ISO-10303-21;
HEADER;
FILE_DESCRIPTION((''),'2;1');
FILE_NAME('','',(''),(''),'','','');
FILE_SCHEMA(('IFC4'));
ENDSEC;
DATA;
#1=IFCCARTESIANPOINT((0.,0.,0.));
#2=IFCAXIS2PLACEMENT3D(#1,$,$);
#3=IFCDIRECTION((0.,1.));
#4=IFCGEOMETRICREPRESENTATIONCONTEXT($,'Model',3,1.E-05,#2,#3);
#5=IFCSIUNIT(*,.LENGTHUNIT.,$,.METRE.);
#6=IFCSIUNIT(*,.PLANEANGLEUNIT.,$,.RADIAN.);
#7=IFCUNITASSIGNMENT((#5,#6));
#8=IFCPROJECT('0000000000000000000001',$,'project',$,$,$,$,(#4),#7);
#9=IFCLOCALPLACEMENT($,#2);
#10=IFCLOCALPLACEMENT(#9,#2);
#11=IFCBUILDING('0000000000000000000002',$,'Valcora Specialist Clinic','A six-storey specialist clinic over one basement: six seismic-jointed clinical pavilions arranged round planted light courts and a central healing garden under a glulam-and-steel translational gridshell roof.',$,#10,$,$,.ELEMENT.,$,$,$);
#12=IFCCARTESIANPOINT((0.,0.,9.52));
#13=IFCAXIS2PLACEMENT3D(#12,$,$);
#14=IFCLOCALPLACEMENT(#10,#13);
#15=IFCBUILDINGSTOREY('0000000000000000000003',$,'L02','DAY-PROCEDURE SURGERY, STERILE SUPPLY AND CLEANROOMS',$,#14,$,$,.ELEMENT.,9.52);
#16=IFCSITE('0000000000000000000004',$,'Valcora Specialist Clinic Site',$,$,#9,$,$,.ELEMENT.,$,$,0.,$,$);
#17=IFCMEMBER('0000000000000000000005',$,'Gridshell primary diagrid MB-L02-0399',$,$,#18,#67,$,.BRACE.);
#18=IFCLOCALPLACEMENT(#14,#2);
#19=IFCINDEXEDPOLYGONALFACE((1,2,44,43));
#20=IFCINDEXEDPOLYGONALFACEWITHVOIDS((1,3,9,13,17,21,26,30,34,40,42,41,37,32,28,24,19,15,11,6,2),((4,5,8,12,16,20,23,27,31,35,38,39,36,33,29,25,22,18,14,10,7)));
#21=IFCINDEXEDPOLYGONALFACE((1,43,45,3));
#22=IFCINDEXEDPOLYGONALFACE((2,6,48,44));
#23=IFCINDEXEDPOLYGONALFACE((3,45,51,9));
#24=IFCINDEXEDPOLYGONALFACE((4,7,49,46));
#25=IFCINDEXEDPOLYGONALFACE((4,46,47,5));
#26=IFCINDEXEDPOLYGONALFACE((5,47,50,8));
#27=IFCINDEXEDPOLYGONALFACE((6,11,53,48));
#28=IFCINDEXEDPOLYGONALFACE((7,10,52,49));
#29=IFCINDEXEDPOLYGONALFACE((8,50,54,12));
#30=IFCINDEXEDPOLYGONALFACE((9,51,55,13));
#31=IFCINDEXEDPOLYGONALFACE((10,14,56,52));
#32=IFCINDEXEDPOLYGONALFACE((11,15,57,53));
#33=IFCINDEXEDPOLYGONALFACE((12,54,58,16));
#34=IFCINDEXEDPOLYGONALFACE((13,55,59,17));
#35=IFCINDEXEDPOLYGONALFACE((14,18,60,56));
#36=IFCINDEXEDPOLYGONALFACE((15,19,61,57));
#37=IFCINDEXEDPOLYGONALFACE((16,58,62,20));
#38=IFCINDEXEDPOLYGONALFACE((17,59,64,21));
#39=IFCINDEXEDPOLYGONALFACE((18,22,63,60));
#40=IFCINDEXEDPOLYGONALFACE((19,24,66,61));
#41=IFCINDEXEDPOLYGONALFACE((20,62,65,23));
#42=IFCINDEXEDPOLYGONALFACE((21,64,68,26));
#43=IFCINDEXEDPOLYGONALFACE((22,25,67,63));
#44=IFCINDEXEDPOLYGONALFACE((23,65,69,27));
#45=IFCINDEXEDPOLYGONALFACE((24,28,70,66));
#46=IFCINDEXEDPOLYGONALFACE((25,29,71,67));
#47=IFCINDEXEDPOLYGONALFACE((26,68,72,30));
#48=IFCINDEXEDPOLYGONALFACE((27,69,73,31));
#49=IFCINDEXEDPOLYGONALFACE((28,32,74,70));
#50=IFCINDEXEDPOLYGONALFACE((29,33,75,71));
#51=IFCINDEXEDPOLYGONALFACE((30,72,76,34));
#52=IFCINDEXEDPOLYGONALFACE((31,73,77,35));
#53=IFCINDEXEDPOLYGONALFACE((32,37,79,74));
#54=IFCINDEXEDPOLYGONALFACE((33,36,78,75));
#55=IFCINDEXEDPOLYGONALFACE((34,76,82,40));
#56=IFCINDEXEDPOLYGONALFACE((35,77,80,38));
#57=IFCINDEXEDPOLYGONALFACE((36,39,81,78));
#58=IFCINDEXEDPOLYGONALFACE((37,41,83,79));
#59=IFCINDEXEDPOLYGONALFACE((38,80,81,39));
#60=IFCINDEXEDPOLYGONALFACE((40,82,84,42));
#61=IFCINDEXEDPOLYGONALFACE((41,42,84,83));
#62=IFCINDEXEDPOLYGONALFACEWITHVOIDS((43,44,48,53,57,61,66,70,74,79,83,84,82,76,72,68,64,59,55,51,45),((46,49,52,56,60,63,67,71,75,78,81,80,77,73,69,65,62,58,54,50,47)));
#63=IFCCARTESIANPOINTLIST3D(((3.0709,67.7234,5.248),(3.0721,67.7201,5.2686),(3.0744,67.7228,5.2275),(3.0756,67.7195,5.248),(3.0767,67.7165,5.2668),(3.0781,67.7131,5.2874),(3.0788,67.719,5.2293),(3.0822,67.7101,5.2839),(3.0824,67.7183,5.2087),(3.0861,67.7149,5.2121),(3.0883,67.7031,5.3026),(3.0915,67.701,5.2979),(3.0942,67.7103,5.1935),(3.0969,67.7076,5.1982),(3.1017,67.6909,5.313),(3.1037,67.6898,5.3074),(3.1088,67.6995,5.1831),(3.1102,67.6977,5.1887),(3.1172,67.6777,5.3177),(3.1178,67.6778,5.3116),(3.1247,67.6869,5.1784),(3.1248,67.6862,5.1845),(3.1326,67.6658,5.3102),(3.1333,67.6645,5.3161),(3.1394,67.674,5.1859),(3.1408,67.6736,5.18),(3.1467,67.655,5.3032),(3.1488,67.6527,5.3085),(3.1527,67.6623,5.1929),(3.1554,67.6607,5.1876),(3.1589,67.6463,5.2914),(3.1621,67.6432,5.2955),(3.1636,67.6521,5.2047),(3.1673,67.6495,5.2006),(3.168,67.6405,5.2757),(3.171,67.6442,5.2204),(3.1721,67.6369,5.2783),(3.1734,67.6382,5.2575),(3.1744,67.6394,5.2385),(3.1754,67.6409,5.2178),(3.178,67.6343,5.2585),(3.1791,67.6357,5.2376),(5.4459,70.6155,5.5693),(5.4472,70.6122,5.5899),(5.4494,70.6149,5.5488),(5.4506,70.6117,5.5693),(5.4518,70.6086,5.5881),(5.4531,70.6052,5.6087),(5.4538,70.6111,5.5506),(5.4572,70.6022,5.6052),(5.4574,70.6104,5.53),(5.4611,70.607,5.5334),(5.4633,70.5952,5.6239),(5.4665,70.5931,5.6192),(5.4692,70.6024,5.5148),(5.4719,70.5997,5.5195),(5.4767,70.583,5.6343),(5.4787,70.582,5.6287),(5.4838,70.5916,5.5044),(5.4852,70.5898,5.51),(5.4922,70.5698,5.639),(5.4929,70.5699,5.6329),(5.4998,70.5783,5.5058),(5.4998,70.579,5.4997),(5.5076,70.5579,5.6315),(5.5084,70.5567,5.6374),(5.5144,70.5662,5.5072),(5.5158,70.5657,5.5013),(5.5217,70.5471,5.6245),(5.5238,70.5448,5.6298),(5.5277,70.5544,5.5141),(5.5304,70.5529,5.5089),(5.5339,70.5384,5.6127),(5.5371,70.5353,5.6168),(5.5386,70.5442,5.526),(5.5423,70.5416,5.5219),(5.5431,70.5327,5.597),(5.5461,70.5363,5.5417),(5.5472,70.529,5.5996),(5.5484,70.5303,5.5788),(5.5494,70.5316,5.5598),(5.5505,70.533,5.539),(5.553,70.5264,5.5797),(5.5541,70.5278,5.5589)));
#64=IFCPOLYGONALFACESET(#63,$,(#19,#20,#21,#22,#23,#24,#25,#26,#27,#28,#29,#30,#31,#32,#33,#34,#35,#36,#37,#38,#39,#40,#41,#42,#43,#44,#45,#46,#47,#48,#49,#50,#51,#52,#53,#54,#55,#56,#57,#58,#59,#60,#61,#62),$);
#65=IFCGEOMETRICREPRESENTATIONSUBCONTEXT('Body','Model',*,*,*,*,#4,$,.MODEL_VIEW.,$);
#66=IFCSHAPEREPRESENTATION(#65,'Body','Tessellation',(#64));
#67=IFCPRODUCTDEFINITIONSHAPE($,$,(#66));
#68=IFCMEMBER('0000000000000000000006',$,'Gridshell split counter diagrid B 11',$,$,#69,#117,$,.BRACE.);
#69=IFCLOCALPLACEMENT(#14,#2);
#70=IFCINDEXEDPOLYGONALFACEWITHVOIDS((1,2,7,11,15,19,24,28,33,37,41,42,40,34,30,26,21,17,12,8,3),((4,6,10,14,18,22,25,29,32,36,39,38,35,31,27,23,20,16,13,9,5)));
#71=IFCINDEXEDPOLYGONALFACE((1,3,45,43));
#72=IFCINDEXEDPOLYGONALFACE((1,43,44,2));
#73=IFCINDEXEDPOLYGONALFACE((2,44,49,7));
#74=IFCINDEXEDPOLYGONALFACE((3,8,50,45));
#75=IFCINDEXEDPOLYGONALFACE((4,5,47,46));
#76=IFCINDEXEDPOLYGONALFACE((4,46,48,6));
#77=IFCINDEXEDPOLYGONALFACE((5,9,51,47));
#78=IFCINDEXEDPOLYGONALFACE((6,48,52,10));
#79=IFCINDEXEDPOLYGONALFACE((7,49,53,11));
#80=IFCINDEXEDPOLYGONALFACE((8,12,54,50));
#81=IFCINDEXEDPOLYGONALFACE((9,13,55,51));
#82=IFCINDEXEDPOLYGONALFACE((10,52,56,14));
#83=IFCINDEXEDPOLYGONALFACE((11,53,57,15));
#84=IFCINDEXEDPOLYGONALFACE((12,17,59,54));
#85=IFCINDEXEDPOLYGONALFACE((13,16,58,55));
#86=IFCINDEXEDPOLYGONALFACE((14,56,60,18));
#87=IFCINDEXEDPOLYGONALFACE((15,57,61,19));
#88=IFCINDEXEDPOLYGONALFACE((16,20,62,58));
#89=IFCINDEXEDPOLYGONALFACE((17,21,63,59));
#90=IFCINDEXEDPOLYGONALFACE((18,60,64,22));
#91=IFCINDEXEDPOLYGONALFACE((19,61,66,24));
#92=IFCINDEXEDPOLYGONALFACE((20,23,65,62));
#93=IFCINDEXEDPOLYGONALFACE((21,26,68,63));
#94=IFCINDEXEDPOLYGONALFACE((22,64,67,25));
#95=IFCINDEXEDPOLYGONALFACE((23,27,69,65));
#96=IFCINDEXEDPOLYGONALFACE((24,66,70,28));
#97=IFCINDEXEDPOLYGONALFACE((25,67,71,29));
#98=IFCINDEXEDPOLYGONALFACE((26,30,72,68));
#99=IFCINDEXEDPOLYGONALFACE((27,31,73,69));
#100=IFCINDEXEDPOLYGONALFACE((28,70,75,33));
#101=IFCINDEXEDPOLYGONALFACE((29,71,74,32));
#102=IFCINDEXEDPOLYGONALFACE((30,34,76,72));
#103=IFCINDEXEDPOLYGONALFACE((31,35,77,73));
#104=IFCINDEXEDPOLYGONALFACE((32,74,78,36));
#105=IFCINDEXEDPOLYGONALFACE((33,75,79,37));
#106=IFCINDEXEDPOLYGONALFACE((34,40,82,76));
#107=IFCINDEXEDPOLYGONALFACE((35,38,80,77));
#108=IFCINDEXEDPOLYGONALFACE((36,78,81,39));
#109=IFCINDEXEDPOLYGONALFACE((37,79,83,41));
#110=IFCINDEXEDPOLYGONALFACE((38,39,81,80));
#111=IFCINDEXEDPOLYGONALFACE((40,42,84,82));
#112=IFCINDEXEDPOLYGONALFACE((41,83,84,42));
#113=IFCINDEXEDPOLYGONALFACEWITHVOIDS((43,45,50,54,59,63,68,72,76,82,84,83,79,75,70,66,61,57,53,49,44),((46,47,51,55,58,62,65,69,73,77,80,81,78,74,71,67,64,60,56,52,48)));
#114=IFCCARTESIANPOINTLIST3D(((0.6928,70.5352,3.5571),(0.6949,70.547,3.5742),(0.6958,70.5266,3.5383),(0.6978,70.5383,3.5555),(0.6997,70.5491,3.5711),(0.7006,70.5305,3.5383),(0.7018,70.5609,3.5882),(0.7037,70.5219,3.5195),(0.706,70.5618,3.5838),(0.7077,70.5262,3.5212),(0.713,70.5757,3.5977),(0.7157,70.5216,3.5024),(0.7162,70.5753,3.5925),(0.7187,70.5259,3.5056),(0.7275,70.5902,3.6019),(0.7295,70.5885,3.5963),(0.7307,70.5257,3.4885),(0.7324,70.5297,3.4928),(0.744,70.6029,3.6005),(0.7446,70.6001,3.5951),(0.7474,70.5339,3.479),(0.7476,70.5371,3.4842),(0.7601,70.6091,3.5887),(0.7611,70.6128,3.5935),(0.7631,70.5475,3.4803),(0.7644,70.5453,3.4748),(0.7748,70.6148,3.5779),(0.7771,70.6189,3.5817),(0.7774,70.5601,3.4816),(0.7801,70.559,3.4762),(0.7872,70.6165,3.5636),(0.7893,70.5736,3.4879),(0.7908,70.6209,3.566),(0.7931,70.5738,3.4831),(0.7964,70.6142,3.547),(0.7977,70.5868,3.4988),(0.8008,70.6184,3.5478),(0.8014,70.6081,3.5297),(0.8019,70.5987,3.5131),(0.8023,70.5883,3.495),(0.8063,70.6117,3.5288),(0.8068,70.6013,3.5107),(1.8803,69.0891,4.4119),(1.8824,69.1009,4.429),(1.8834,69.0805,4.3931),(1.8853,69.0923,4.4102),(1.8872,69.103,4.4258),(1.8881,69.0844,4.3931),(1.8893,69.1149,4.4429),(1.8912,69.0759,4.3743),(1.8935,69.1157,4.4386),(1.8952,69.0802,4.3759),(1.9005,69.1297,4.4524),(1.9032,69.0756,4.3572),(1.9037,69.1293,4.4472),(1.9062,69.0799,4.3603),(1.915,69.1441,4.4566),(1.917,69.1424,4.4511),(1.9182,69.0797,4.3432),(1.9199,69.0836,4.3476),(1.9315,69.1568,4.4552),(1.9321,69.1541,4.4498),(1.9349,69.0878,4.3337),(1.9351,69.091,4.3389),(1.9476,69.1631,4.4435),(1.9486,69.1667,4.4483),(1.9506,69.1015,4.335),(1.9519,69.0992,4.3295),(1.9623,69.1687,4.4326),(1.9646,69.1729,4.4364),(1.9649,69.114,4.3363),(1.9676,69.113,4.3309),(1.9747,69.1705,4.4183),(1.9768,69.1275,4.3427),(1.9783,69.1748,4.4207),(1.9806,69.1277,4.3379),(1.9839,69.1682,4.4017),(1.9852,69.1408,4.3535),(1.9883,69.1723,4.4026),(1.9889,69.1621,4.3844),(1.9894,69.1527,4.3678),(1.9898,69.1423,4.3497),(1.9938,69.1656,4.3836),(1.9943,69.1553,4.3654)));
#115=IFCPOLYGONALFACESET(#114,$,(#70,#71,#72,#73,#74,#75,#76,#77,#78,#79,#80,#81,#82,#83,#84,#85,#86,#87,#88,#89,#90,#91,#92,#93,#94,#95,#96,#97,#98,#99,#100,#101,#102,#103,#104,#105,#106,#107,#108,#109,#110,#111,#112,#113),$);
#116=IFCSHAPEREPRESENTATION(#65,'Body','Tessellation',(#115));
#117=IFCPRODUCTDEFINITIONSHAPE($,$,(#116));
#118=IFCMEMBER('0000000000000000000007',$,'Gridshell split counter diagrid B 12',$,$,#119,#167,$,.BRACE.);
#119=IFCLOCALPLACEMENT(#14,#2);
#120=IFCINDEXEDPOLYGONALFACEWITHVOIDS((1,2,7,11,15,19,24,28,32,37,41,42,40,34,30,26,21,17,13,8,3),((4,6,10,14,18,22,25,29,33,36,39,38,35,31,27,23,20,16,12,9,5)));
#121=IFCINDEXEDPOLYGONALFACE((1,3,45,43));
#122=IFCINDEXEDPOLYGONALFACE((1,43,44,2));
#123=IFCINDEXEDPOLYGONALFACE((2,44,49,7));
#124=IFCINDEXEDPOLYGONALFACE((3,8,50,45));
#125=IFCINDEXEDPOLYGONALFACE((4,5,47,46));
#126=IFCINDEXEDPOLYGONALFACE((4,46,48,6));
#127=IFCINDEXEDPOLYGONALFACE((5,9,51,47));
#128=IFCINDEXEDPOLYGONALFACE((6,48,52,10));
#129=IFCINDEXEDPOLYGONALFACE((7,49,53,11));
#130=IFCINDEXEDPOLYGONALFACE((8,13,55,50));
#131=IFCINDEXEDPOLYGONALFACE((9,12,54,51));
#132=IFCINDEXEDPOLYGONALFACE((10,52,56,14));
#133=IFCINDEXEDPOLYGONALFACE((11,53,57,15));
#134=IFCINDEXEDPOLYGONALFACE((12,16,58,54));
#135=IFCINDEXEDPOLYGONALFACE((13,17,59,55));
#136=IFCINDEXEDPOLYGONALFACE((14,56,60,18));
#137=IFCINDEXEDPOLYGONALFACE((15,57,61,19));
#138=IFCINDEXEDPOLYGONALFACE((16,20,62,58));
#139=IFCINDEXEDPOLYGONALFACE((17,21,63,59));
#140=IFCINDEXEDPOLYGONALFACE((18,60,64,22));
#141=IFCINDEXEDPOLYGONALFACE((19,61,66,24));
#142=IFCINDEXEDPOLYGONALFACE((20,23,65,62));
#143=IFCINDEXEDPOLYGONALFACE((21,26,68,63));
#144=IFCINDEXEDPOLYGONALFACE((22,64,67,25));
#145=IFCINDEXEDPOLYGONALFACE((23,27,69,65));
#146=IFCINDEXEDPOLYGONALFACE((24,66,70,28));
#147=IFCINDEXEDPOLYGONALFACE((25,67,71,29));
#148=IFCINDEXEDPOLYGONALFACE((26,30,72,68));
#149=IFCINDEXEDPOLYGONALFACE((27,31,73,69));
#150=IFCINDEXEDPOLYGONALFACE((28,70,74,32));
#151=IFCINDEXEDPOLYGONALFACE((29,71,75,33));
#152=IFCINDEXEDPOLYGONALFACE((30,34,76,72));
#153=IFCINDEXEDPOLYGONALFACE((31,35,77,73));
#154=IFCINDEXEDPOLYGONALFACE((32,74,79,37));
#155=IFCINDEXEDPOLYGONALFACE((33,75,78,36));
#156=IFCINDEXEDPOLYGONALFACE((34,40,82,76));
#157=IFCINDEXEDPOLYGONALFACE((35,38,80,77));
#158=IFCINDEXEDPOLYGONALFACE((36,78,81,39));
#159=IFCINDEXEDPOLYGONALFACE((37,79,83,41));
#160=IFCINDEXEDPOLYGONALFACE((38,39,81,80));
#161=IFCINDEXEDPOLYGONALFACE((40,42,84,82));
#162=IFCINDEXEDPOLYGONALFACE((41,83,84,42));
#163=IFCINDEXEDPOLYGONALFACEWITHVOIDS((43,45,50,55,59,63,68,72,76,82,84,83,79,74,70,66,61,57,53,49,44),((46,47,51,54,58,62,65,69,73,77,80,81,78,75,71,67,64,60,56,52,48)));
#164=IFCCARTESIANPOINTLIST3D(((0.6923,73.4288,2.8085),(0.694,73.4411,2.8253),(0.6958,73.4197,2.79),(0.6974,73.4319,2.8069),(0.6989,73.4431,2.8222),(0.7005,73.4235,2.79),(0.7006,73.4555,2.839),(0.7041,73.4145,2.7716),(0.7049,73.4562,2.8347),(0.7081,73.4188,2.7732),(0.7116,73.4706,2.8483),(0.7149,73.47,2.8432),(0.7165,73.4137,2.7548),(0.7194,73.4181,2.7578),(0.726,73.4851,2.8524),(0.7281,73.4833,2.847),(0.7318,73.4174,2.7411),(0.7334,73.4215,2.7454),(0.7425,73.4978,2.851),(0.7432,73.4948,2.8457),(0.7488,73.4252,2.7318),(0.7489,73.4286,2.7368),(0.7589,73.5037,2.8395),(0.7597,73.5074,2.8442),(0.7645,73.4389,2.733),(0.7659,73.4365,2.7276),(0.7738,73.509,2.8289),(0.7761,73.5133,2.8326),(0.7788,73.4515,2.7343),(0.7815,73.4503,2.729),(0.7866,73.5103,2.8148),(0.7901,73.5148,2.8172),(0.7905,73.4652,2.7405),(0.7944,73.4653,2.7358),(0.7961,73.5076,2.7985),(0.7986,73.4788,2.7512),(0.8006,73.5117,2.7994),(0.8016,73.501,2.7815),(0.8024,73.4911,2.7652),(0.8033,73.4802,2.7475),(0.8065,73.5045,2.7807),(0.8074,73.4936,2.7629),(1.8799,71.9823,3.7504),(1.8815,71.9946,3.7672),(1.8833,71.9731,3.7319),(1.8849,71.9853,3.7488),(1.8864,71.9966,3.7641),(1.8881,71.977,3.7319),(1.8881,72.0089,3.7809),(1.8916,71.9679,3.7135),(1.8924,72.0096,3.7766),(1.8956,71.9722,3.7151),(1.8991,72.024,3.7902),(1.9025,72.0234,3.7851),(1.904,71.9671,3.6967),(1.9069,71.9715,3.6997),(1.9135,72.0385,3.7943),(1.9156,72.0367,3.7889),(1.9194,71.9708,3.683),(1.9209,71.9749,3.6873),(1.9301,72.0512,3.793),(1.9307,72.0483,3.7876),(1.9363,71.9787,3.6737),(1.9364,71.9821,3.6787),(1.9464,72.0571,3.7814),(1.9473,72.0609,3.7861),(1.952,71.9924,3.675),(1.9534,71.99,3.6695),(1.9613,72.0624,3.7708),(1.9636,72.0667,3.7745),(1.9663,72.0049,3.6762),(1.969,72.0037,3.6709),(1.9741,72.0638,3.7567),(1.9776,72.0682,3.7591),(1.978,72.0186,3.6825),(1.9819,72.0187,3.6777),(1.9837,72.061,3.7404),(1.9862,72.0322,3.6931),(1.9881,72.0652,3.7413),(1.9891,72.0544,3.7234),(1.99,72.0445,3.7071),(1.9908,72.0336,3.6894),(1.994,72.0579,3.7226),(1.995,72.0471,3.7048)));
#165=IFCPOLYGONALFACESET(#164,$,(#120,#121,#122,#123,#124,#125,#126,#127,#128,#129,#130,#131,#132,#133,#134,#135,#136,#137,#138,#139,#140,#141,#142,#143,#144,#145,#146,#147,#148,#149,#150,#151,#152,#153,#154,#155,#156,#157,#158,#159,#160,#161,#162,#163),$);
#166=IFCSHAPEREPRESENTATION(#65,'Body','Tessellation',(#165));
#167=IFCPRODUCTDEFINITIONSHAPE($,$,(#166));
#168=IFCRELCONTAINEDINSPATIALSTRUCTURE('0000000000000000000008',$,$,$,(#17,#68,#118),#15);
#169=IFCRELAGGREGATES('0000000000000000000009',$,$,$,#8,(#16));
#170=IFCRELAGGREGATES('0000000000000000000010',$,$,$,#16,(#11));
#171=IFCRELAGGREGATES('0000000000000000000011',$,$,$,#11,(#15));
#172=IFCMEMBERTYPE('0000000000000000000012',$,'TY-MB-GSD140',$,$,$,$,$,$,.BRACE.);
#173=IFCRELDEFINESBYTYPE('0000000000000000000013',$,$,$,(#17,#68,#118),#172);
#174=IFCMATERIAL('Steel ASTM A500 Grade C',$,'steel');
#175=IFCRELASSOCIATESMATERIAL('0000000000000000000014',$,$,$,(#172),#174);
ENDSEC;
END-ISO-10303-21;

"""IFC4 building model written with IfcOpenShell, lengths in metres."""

from ifc_helpers import new_model, si_unit, direction, frame, origin, origin_2d, place, context, subcontext, project, spatial, hollow_circle, extrude, material, material_profile, profile_set, type_object, element, save


model = new_model("IFC4")

# Units and contexts
model_context = context("Model", 3, precision=1e-05, world=origin(), true_north=direction((0.0, 1.0)))
body_context = subcontext(model_context, "Body", "Model", "MODEL_VIEW")
ifc_project = project(units=[si_unit("LENGTHUNIT", "METRE"), si_unit("PLANEANGLEUNIT", "RADIAN")], contexts=[model_context])

# Site, building, storey
site_placement = place(None, origin())
site = spatial("IfcSite", under=ifc_project, at=site_placement, Name="Valcora Specialist Clinic Site", CompositionType="ELEMENT", RefElevation=0.0)
building_placement = place(site_placement, origin())
building = spatial("IfcBuilding", under=site, at=building_placement, Name="Valcora Specialist Clinic", Description="A six-storey specialist clinic over one basement: six seismic-jointed clinical pavilions arranged round planted light courts and a central healing garden under a glulam-and-steel translational gridshell roof.", CompositionType="ELEMENT")
storey_placement = place(building_placement, frame((0.0, 0.0, 9.52)))
storey = spatial("IfcBuildingStorey", under=building, at=storey_placement, Name="L02", Description="DAY-PROCEDURE SURGERY, STERILE SUPPLY AND CLEANROOMS", CompositionType="ELEMENT", Elevation=9.52)

# Members
ifc_material_1 = material(Name="Steel ASTM A500 Grade C", Category="steel")
ifc_material_profile_1 = material_profile(ifc_material_1, hollow_circle(Radius=0.0701, WallThickness=0.0061, at=origin_2d()), Name="ST-CHS-140X6")
ifc_profile_set_1 = profile_set([ifc_material_profile_1], Name="Steel ASTM A500 Grade C")
member_type_1 = type_object("IfcMemberType", Name="TY-MB-GSD140", PredefinedType="BRACE", material=ifc_profile_set_1)
member_1_placement = place(storey_placement, frame((3.125, 67.679, 5.248), z_axis=(0.63231, 0.769978, 0.085539), x_axis=(-0.772811, 0.634636, 0.0)))
element("IfcMember", 1, at=member_1_placement, inside=storey, type_object=member_type_1, Name="Gridshell primary diagrid MB-L02-0399", PredefinedType="BRACE", context=body_context, shape_type="SweptSolid", body=[
    extrude(hollow_circle(Radius=0.0701, WallThickness=0.0061, at=origin_2d()), origin(), (0.0, 0.0, 1.0), 3.7561),
])
member_2_placement = place(storey_placement, frame((1.9375, 69.125, 4.3931), z_axis=(-0.577261, 0.702944, -0.4155), x_axis=(-0.772811, -0.634636, 0.0)))
element("IfcMember", 2, at=member_2_placement, inside=storey, type_object=member_type_1, Name="Gridshell split counter diagrid B 11", PredefinedType="BRACE", context=body_context, shape_type="SweptSolid", body=[
    extrude(hollow_circle(Radius=0.0701, WallThickness=0.0061, at=origin_2d()), origin(), (0.0, 0.0, 1.0), 2.0571),
])
member_3_placement = place(storey_placement, frame((1.9375, 72.0176, 3.7319), z_axis=(-0.566777, 0.69041, -0.449553), x_axis=(-0.772916, -0.634508, 0.0)))
element("IfcMember", 3, at=member_3_placement, inside=storey, type_object=member_type_1, Name="Gridshell split counter diagrid B 12", PredefinedType="BRACE", context=body_context, shape_type="SweptSolid", body=[
    extrude(hollow_circle(Radius=0.0701, WallThickness=0.0061, at=origin_2d()), origin(), (0.0, 0.0, 1.0), 2.0952),
])

save(model, "model.ifc")
